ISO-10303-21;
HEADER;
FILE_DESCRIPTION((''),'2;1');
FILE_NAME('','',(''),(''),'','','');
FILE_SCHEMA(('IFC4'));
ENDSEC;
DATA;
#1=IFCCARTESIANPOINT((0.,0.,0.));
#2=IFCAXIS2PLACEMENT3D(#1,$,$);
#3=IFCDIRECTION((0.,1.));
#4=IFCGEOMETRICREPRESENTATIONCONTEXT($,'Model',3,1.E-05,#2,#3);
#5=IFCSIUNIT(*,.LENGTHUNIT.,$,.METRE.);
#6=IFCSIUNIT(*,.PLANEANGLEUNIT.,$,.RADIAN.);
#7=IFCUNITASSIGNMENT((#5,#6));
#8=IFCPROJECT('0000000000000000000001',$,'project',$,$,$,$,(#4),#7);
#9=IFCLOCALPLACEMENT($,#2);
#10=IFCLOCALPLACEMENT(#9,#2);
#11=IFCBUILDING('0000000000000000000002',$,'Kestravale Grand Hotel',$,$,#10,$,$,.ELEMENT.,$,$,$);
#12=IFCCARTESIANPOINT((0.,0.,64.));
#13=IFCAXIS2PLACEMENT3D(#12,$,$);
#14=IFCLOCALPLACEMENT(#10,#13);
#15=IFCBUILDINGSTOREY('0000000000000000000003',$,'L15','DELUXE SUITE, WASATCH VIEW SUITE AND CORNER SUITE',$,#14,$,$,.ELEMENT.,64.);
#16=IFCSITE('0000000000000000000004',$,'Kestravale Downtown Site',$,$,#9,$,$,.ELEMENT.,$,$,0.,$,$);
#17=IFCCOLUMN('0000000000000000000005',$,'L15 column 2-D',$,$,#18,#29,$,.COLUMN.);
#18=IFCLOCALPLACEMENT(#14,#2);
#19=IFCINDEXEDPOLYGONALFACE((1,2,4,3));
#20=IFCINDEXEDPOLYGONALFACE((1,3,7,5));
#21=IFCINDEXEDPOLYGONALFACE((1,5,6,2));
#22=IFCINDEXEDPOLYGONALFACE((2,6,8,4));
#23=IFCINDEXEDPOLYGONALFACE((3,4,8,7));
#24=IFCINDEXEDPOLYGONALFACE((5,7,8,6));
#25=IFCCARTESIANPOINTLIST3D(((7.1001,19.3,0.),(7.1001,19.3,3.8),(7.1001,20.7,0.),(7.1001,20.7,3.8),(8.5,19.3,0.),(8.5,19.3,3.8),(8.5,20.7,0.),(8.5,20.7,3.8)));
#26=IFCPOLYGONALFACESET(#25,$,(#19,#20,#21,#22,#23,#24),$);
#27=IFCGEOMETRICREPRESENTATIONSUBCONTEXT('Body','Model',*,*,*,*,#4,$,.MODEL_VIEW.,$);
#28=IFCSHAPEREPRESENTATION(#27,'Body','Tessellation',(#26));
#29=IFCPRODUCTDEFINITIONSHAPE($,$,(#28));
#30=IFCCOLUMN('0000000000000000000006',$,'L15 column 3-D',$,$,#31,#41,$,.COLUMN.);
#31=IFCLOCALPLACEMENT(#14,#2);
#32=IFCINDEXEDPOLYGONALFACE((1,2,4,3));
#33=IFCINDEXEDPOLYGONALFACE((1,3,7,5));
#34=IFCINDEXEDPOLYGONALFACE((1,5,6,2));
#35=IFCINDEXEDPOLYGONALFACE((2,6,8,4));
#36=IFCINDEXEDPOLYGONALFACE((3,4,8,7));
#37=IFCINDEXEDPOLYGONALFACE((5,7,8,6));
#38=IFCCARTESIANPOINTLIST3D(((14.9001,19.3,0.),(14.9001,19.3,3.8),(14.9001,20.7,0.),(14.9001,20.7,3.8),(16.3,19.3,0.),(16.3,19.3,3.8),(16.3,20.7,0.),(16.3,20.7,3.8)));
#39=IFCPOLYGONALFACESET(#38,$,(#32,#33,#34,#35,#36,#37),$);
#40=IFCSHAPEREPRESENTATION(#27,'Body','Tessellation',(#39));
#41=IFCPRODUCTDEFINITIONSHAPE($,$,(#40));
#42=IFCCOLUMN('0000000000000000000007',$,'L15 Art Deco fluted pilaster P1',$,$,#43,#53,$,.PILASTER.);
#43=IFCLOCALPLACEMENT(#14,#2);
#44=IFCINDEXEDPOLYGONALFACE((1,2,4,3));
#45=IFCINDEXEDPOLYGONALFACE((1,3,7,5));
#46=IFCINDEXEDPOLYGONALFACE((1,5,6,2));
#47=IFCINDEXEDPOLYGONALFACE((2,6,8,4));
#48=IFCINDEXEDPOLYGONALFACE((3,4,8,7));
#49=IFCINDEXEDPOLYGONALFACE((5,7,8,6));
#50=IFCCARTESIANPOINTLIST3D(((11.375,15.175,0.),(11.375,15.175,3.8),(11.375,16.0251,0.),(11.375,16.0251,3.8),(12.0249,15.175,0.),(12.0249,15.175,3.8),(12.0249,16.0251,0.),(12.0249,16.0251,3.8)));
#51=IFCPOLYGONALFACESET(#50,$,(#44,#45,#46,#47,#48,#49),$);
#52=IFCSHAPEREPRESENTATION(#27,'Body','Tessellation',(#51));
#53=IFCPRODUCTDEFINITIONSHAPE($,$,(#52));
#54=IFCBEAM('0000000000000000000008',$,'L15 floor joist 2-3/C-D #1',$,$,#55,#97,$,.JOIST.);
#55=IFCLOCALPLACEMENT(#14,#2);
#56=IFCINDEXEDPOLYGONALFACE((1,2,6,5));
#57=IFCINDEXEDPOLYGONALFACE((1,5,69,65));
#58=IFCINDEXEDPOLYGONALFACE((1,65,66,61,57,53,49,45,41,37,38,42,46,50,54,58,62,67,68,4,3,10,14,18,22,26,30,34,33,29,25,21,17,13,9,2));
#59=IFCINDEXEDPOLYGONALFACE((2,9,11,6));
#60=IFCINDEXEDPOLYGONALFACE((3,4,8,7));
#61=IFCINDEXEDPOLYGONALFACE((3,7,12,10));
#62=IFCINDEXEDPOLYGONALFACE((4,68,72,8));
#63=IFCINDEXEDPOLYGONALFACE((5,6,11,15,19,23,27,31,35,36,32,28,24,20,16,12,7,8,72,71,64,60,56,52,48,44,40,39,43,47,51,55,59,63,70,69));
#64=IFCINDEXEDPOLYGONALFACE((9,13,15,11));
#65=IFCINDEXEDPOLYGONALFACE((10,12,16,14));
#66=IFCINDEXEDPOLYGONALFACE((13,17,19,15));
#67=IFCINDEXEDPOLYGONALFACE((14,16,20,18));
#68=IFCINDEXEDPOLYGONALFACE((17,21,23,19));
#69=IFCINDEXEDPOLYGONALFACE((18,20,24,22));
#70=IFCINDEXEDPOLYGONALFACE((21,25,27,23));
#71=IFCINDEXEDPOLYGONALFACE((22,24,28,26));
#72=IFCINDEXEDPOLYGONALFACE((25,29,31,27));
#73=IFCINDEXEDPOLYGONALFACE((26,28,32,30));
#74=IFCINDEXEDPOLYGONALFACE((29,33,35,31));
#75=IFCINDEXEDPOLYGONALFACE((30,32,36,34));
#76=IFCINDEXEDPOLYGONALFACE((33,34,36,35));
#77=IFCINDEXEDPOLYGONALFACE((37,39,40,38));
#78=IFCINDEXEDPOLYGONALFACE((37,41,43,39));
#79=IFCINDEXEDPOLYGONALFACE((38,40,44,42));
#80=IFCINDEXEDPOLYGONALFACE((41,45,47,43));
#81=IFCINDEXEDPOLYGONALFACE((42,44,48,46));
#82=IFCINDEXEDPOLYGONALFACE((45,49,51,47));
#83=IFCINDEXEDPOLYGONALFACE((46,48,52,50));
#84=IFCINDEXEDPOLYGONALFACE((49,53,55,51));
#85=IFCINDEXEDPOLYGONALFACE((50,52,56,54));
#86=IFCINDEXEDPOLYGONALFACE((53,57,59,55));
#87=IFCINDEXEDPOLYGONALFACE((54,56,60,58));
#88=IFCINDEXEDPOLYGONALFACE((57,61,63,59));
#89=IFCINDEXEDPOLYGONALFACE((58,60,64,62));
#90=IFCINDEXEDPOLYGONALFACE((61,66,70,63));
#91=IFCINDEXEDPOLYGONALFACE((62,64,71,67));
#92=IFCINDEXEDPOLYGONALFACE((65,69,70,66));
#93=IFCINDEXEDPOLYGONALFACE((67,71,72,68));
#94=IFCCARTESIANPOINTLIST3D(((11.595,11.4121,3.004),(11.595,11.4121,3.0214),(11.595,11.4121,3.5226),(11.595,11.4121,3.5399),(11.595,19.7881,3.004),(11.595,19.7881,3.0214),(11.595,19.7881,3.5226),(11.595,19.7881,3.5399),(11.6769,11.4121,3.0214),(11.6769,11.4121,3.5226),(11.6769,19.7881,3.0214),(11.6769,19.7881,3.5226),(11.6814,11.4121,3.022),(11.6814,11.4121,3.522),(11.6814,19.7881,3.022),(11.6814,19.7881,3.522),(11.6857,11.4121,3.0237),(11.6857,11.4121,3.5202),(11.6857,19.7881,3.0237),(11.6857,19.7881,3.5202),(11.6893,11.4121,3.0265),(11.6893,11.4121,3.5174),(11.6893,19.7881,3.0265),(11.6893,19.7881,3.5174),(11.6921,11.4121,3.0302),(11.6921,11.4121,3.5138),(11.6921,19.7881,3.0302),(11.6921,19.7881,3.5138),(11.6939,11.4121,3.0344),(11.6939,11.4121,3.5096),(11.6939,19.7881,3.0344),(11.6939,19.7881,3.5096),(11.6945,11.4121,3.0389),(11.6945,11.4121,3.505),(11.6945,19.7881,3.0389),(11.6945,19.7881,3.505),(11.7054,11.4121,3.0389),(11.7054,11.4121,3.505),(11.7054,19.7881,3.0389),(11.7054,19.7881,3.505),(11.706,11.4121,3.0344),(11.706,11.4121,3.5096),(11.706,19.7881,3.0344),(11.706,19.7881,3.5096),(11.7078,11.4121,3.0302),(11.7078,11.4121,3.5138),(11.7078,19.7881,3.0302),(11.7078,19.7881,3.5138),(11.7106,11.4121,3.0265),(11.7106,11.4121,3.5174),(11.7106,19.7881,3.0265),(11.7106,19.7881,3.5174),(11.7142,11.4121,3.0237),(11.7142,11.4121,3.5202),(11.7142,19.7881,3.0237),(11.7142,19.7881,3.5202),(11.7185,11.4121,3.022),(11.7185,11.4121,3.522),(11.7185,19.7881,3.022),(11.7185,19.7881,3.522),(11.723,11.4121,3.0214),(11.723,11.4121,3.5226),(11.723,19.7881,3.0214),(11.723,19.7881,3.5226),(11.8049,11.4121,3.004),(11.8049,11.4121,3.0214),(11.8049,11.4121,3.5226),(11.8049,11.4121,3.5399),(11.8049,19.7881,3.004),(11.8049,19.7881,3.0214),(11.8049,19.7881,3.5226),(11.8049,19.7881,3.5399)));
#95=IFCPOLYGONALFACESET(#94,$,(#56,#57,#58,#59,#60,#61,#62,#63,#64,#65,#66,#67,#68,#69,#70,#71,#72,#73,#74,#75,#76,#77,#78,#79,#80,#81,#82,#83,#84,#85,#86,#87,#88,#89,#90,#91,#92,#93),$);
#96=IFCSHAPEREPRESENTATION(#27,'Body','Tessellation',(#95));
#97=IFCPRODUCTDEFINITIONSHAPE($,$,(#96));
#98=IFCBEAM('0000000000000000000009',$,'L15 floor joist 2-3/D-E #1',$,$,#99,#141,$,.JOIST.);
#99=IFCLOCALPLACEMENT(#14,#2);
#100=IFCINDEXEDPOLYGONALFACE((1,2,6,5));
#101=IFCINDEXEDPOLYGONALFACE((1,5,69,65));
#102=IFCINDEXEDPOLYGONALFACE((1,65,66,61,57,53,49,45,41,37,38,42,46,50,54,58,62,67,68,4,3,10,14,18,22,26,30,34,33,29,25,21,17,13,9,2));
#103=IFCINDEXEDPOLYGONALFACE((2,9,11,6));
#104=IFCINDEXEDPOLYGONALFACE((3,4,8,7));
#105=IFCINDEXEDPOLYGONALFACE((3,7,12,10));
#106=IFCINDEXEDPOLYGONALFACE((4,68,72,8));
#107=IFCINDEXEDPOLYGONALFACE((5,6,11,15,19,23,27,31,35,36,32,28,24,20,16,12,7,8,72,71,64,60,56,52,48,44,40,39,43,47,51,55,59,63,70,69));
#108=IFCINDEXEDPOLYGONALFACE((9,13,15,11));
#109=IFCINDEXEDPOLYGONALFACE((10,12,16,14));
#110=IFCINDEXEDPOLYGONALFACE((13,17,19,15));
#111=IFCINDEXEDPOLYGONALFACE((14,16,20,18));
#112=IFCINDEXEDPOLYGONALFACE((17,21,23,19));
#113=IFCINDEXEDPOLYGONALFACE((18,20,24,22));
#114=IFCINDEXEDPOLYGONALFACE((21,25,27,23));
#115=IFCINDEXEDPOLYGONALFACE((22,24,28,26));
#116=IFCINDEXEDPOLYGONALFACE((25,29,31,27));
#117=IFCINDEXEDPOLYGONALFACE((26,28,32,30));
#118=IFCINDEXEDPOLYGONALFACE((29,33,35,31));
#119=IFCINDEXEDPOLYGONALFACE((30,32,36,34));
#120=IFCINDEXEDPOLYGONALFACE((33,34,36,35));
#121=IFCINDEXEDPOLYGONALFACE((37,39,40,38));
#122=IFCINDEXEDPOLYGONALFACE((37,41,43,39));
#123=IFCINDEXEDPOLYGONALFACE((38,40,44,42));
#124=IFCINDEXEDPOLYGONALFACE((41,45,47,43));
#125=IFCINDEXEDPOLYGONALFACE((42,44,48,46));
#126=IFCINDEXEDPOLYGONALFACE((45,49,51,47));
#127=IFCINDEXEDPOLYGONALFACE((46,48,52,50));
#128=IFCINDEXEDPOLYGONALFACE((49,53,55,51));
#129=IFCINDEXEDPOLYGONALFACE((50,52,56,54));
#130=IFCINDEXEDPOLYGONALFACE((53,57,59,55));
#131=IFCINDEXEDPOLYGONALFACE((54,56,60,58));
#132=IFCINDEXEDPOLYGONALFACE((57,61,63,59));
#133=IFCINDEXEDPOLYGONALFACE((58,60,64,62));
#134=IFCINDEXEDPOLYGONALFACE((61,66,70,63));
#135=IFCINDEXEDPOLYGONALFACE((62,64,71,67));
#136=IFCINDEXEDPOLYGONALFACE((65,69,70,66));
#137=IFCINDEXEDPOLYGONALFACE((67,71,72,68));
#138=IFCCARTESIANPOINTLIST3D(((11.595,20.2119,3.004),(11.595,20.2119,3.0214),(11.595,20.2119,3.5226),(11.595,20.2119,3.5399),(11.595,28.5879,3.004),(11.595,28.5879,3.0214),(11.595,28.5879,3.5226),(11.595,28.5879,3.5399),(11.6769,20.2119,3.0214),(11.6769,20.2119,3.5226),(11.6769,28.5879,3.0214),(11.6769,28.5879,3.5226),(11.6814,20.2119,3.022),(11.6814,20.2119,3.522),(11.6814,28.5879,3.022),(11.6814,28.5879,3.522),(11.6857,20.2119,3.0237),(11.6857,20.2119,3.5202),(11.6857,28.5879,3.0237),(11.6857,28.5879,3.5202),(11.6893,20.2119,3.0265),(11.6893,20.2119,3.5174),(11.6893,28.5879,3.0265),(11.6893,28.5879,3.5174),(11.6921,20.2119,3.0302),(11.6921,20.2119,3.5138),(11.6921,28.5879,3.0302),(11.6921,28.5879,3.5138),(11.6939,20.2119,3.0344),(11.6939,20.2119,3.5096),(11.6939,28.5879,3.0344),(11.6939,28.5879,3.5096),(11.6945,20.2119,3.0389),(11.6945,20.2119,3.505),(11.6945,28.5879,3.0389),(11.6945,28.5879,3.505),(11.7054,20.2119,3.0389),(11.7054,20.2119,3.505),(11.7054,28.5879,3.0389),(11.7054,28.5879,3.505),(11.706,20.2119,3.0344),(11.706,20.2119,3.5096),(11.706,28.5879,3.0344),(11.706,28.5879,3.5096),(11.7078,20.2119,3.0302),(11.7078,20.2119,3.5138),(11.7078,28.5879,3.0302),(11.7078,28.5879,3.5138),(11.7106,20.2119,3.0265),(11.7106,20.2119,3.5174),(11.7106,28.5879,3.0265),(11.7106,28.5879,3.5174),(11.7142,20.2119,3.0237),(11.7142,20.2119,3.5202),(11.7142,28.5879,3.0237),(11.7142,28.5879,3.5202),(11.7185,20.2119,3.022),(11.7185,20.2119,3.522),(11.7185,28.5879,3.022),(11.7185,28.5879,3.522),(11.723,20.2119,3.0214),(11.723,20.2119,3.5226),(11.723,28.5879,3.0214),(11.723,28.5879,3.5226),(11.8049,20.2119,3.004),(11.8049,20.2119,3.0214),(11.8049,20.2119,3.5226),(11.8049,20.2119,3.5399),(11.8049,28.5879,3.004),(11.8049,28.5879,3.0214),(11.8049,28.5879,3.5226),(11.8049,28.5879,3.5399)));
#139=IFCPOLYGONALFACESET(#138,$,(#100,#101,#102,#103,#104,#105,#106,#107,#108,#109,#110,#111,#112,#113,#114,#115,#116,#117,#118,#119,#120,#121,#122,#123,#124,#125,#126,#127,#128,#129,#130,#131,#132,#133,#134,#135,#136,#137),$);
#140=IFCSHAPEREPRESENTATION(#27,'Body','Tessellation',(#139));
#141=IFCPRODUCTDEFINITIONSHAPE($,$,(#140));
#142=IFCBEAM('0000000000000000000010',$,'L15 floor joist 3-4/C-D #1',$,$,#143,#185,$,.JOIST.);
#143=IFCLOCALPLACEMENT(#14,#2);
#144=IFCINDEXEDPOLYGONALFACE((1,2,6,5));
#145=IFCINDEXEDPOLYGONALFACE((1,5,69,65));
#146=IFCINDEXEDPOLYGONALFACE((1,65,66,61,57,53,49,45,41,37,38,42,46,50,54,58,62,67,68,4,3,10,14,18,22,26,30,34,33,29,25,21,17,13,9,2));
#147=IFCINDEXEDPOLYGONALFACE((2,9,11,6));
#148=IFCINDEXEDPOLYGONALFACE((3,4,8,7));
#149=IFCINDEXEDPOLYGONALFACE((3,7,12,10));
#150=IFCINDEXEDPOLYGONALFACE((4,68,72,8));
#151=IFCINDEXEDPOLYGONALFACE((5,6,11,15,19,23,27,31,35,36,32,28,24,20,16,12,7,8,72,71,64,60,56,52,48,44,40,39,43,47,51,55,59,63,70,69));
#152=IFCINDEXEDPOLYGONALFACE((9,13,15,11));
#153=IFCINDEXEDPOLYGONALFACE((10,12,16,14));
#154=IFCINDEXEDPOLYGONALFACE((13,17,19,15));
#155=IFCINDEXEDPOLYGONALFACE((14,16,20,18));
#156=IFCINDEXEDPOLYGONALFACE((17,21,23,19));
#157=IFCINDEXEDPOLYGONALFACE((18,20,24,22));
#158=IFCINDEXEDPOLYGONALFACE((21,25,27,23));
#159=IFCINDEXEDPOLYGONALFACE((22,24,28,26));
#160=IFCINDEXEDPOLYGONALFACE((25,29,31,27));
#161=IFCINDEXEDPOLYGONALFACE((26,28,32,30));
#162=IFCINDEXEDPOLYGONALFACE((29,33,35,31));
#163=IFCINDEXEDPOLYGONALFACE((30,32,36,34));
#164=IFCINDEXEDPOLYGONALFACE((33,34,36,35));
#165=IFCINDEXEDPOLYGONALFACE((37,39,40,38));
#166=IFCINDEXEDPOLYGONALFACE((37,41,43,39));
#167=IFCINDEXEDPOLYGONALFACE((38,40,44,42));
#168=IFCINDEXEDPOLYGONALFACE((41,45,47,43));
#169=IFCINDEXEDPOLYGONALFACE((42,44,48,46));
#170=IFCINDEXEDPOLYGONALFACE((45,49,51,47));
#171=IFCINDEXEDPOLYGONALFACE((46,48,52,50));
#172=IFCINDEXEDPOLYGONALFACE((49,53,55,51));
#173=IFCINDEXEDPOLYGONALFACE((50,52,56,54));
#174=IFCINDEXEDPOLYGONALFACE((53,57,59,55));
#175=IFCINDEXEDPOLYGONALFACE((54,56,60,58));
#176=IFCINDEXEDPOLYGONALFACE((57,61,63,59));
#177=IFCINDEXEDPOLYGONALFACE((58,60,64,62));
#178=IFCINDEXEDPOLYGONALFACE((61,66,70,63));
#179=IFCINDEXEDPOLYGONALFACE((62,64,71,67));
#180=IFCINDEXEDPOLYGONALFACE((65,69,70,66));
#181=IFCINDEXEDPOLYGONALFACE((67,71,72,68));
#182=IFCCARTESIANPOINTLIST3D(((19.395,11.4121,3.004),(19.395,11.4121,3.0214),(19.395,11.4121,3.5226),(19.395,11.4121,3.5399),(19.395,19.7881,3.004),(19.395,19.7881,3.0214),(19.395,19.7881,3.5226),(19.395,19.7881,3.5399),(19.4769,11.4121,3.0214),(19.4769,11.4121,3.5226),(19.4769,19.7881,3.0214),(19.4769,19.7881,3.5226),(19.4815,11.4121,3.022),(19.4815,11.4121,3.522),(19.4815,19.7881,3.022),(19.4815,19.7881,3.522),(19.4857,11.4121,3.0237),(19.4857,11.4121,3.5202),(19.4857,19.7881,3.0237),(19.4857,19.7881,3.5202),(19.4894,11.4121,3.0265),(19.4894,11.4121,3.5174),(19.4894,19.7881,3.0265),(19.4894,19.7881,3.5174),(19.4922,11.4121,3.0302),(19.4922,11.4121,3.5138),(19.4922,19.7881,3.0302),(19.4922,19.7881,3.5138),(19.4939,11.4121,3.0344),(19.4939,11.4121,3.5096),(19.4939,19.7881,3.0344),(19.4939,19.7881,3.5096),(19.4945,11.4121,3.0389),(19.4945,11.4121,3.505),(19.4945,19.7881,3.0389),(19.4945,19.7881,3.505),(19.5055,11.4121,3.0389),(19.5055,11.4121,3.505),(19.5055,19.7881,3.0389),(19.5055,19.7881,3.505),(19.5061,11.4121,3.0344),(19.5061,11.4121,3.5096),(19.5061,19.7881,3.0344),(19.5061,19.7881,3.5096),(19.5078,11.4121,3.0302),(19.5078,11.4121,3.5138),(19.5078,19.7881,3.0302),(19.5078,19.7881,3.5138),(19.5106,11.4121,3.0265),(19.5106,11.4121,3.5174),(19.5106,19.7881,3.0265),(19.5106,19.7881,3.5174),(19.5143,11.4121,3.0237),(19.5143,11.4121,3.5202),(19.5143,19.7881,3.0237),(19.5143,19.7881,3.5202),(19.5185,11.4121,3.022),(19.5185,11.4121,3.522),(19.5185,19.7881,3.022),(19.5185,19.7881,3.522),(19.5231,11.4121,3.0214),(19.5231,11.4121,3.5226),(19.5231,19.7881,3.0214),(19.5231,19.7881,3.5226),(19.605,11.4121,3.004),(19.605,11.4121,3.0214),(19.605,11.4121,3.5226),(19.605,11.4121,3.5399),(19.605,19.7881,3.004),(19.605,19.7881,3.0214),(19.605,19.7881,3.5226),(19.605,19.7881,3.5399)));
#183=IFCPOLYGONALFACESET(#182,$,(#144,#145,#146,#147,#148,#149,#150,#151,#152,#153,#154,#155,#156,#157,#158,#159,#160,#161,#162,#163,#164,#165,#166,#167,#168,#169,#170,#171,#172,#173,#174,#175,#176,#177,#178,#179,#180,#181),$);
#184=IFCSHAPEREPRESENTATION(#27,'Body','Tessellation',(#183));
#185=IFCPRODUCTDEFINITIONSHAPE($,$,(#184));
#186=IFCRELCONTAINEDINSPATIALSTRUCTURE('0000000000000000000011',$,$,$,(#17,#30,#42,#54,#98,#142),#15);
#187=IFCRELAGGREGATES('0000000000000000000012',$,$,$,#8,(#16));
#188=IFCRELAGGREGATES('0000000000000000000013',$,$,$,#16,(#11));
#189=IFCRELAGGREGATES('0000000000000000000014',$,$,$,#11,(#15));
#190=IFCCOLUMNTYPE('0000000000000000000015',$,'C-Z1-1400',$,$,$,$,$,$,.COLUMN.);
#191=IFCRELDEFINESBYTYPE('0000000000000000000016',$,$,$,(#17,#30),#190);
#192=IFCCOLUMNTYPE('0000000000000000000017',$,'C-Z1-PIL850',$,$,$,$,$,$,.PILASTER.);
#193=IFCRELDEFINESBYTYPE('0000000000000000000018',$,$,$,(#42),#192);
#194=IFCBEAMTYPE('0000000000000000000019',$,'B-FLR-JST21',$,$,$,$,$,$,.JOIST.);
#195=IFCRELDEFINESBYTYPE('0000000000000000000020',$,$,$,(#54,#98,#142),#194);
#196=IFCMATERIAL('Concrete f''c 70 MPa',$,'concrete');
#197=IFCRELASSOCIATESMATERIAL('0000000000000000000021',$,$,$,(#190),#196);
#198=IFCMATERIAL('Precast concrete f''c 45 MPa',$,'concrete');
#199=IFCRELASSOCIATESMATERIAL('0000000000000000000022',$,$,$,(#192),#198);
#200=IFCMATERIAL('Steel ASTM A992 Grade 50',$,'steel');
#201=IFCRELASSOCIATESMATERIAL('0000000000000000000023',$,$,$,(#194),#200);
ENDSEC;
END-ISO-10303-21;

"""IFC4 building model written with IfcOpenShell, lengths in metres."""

from ifc_helpers import new_model, si_unit, direction, frame, origin, origin_2d, place, context, subcontext, project, spatial, rectangle, i_section, extrude, material, material_profile, profile_set, type_object, element, save


model = new_model("IFC4")

# Units and contexts
model_context = context("Model", 3, precision=1e-05, world=origin(), true_north=direction((0.0, 1.0)))
body_context = subcontext(model_context, "Body", "Model", "MODEL_VIEW")
ifc_project = project(units=[si_unit("LENGTHUNIT", "METRE"), si_unit("PLANEANGLEUNIT", "RADIAN")], contexts=[model_context])

# Site, building, storey
site_placement = place(None, origin())
site = spatial("IfcSite", under=ifc_project, at=site_placement, Name="Kestravale Downtown Site", CompositionType="ELEMENT", RefElevation=0.0)
building_placement = place(site_placement, origin())
building = spatial("IfcBuilding", under=site, at=building_placement, Name="Kestravale Grand Hotel", CompositionType="ELEMENT")
storey_placement = place(building_placement, frame((0.0, 0.0, 64.0)))
storey = spatial("IfcBuildingStorey", under=building, at=storey_placement, Name="L15", Description="DELUXE SUITE, WASATCH VIEW SUITE AND CORNER SUITE", CompositionType="ELEMENT", Elevation=64.0)

# Columns
ifc_material_1 = material(Name="Concrete f'c 70 MPa", Category="concrete")
ifc_material_profile_1 = material_profile(ifc_material_1, rectangle(XDim=1.3999, YDim=1.3999, at=origin_2d()))
ifc_profile_set_1 = profile_set([ifc_material_profile_1], Name="Concrete f'c 70 MPa")
column_type_1 = type_object("IfcColumnType", Name="C-Z1-1400", PredefinedType="COLUMN", material=ifc_profile_set_1)
for number, where, z_axis, x_axis, name in (
    (1, (7.8, 20.0, 0.0), (0.0, 0.0, 1.0), (1.0, 0.0, 0.0), "L15 column 2-D"),
    (2, (15.6001, 20.0, 0.0), (0.0, 0.0, 1.0), (1.0, 0.0, 0.0), "L15 column 3-D"),
):
    element("IfcColumn", number, at=place(storey_placement, frame(where, z_axis=z_axis, x_axis=x_axis)), inside=storey, type_object=column_type_1, Name=name, PredefinedType="COLUMN", context=body_context, shape_type="SweptSolid", body=[
        extrude(rectangle(XDim=1.3999, YDim=1.3999, at=origin_2d()), origin(), (0.0, 0.0, 1.0), 3.8),
    ])
ifc_material_2 = material(Name="Precast concrete f'c 45 MPa", Category="concrete")
ifc_material_profile_2 = material_profile(ifc_material_2, rectangle(XDim=0.6499, YDim=0.8501, at=origin_2d()))
ifc_profile_set_2 = profile_set([ifc_material_profile_2], Name="Precast concrete f'c 45 MPa")
column_type_2 = type_object("IfcColumnType", Name="C-Z1-PIL850", PredefinedType="PILASTER", material=ifc_profile_set_2)
column_placement = place(storey_placement, frame((11.7, 15.6001, 0.0), z_axis=(0.0, 0.0, 1.0), x_axis=(1.0, 0.0, 0.0)))
element("IfcColumn", 3, at=column_placement, inside=storey, type_object=column_type_2, Name="L15 Art Deco fluted pilaster P1", PredefinedType="PILASTER", context=body_context, shape_type="SweptSolid", body=[
    extrude(rectangle(XDim=0.6499, YDim=0.8501, at=origin_2d()), origin(), (0.0, 0.0, 1.0), 3.8),
])

# Beams
ifc_material_3 = material(Name="Steel ASTM A992 Grade 50", Category="steel")
ifc_material_profile_3 = material_profile(ifc_material_3, i_section(OverallWidth=0.21, OverallDepth=0.5359, WebThickness=0.011, FlangeThickness=0.0173, FilletRadius=0.0176, at=origin_2d()))
ifc_profile_set_3 = profile_set([ifc_material_profile_3], Name="Steel ASTM A992 Grade 50")
beam_type_1 = type_object("IfcBeamType", Name="B-FLR-JST21", PredefinedType="JOIST", material=ifc_profile_set_3)
for number, where, z_axis, x_axis, name in (
    (4, (11.7, 11.4121, 3.272), (0.0, 1.0, 0.0), (-1.0, 0.0, 0.0), "L15 floor joist 2-3/C-D #1"),
    (5, (11.7, 20.2119, 3.272), (0.0, 1.0, 0.0), (-1.0, 0.0, 0.0), "L15 floor joist 2-3/D-E #1"),
    (6, (19.5, 11.4121, 3.272), (0.0, 1.0, 0.0), (-1.0, 0.0, 0.0), "L15 floor joist 3-4/C-D #1"),
):
    element("IfcBeam", number, at=place(storey_placement, frame(where, z_axis=z_axis, x_axis=x_axis)), inside=storey, type_object=beam_type_1, Name=name, PredefinedType="JOIST", context=body_context, shape_type="SweptSolid", body=[
        extrude(i_section(OverallWidth=0.21, OverallDepth=0.5359, WebThickness=0.011, FlangeThickness=0.0173, FilletRadius=0.0176, at=origin_2d()), origin(), (0.0, 0.0, 1.0), 8.376),
    ])

save(model, "model.ifc")
